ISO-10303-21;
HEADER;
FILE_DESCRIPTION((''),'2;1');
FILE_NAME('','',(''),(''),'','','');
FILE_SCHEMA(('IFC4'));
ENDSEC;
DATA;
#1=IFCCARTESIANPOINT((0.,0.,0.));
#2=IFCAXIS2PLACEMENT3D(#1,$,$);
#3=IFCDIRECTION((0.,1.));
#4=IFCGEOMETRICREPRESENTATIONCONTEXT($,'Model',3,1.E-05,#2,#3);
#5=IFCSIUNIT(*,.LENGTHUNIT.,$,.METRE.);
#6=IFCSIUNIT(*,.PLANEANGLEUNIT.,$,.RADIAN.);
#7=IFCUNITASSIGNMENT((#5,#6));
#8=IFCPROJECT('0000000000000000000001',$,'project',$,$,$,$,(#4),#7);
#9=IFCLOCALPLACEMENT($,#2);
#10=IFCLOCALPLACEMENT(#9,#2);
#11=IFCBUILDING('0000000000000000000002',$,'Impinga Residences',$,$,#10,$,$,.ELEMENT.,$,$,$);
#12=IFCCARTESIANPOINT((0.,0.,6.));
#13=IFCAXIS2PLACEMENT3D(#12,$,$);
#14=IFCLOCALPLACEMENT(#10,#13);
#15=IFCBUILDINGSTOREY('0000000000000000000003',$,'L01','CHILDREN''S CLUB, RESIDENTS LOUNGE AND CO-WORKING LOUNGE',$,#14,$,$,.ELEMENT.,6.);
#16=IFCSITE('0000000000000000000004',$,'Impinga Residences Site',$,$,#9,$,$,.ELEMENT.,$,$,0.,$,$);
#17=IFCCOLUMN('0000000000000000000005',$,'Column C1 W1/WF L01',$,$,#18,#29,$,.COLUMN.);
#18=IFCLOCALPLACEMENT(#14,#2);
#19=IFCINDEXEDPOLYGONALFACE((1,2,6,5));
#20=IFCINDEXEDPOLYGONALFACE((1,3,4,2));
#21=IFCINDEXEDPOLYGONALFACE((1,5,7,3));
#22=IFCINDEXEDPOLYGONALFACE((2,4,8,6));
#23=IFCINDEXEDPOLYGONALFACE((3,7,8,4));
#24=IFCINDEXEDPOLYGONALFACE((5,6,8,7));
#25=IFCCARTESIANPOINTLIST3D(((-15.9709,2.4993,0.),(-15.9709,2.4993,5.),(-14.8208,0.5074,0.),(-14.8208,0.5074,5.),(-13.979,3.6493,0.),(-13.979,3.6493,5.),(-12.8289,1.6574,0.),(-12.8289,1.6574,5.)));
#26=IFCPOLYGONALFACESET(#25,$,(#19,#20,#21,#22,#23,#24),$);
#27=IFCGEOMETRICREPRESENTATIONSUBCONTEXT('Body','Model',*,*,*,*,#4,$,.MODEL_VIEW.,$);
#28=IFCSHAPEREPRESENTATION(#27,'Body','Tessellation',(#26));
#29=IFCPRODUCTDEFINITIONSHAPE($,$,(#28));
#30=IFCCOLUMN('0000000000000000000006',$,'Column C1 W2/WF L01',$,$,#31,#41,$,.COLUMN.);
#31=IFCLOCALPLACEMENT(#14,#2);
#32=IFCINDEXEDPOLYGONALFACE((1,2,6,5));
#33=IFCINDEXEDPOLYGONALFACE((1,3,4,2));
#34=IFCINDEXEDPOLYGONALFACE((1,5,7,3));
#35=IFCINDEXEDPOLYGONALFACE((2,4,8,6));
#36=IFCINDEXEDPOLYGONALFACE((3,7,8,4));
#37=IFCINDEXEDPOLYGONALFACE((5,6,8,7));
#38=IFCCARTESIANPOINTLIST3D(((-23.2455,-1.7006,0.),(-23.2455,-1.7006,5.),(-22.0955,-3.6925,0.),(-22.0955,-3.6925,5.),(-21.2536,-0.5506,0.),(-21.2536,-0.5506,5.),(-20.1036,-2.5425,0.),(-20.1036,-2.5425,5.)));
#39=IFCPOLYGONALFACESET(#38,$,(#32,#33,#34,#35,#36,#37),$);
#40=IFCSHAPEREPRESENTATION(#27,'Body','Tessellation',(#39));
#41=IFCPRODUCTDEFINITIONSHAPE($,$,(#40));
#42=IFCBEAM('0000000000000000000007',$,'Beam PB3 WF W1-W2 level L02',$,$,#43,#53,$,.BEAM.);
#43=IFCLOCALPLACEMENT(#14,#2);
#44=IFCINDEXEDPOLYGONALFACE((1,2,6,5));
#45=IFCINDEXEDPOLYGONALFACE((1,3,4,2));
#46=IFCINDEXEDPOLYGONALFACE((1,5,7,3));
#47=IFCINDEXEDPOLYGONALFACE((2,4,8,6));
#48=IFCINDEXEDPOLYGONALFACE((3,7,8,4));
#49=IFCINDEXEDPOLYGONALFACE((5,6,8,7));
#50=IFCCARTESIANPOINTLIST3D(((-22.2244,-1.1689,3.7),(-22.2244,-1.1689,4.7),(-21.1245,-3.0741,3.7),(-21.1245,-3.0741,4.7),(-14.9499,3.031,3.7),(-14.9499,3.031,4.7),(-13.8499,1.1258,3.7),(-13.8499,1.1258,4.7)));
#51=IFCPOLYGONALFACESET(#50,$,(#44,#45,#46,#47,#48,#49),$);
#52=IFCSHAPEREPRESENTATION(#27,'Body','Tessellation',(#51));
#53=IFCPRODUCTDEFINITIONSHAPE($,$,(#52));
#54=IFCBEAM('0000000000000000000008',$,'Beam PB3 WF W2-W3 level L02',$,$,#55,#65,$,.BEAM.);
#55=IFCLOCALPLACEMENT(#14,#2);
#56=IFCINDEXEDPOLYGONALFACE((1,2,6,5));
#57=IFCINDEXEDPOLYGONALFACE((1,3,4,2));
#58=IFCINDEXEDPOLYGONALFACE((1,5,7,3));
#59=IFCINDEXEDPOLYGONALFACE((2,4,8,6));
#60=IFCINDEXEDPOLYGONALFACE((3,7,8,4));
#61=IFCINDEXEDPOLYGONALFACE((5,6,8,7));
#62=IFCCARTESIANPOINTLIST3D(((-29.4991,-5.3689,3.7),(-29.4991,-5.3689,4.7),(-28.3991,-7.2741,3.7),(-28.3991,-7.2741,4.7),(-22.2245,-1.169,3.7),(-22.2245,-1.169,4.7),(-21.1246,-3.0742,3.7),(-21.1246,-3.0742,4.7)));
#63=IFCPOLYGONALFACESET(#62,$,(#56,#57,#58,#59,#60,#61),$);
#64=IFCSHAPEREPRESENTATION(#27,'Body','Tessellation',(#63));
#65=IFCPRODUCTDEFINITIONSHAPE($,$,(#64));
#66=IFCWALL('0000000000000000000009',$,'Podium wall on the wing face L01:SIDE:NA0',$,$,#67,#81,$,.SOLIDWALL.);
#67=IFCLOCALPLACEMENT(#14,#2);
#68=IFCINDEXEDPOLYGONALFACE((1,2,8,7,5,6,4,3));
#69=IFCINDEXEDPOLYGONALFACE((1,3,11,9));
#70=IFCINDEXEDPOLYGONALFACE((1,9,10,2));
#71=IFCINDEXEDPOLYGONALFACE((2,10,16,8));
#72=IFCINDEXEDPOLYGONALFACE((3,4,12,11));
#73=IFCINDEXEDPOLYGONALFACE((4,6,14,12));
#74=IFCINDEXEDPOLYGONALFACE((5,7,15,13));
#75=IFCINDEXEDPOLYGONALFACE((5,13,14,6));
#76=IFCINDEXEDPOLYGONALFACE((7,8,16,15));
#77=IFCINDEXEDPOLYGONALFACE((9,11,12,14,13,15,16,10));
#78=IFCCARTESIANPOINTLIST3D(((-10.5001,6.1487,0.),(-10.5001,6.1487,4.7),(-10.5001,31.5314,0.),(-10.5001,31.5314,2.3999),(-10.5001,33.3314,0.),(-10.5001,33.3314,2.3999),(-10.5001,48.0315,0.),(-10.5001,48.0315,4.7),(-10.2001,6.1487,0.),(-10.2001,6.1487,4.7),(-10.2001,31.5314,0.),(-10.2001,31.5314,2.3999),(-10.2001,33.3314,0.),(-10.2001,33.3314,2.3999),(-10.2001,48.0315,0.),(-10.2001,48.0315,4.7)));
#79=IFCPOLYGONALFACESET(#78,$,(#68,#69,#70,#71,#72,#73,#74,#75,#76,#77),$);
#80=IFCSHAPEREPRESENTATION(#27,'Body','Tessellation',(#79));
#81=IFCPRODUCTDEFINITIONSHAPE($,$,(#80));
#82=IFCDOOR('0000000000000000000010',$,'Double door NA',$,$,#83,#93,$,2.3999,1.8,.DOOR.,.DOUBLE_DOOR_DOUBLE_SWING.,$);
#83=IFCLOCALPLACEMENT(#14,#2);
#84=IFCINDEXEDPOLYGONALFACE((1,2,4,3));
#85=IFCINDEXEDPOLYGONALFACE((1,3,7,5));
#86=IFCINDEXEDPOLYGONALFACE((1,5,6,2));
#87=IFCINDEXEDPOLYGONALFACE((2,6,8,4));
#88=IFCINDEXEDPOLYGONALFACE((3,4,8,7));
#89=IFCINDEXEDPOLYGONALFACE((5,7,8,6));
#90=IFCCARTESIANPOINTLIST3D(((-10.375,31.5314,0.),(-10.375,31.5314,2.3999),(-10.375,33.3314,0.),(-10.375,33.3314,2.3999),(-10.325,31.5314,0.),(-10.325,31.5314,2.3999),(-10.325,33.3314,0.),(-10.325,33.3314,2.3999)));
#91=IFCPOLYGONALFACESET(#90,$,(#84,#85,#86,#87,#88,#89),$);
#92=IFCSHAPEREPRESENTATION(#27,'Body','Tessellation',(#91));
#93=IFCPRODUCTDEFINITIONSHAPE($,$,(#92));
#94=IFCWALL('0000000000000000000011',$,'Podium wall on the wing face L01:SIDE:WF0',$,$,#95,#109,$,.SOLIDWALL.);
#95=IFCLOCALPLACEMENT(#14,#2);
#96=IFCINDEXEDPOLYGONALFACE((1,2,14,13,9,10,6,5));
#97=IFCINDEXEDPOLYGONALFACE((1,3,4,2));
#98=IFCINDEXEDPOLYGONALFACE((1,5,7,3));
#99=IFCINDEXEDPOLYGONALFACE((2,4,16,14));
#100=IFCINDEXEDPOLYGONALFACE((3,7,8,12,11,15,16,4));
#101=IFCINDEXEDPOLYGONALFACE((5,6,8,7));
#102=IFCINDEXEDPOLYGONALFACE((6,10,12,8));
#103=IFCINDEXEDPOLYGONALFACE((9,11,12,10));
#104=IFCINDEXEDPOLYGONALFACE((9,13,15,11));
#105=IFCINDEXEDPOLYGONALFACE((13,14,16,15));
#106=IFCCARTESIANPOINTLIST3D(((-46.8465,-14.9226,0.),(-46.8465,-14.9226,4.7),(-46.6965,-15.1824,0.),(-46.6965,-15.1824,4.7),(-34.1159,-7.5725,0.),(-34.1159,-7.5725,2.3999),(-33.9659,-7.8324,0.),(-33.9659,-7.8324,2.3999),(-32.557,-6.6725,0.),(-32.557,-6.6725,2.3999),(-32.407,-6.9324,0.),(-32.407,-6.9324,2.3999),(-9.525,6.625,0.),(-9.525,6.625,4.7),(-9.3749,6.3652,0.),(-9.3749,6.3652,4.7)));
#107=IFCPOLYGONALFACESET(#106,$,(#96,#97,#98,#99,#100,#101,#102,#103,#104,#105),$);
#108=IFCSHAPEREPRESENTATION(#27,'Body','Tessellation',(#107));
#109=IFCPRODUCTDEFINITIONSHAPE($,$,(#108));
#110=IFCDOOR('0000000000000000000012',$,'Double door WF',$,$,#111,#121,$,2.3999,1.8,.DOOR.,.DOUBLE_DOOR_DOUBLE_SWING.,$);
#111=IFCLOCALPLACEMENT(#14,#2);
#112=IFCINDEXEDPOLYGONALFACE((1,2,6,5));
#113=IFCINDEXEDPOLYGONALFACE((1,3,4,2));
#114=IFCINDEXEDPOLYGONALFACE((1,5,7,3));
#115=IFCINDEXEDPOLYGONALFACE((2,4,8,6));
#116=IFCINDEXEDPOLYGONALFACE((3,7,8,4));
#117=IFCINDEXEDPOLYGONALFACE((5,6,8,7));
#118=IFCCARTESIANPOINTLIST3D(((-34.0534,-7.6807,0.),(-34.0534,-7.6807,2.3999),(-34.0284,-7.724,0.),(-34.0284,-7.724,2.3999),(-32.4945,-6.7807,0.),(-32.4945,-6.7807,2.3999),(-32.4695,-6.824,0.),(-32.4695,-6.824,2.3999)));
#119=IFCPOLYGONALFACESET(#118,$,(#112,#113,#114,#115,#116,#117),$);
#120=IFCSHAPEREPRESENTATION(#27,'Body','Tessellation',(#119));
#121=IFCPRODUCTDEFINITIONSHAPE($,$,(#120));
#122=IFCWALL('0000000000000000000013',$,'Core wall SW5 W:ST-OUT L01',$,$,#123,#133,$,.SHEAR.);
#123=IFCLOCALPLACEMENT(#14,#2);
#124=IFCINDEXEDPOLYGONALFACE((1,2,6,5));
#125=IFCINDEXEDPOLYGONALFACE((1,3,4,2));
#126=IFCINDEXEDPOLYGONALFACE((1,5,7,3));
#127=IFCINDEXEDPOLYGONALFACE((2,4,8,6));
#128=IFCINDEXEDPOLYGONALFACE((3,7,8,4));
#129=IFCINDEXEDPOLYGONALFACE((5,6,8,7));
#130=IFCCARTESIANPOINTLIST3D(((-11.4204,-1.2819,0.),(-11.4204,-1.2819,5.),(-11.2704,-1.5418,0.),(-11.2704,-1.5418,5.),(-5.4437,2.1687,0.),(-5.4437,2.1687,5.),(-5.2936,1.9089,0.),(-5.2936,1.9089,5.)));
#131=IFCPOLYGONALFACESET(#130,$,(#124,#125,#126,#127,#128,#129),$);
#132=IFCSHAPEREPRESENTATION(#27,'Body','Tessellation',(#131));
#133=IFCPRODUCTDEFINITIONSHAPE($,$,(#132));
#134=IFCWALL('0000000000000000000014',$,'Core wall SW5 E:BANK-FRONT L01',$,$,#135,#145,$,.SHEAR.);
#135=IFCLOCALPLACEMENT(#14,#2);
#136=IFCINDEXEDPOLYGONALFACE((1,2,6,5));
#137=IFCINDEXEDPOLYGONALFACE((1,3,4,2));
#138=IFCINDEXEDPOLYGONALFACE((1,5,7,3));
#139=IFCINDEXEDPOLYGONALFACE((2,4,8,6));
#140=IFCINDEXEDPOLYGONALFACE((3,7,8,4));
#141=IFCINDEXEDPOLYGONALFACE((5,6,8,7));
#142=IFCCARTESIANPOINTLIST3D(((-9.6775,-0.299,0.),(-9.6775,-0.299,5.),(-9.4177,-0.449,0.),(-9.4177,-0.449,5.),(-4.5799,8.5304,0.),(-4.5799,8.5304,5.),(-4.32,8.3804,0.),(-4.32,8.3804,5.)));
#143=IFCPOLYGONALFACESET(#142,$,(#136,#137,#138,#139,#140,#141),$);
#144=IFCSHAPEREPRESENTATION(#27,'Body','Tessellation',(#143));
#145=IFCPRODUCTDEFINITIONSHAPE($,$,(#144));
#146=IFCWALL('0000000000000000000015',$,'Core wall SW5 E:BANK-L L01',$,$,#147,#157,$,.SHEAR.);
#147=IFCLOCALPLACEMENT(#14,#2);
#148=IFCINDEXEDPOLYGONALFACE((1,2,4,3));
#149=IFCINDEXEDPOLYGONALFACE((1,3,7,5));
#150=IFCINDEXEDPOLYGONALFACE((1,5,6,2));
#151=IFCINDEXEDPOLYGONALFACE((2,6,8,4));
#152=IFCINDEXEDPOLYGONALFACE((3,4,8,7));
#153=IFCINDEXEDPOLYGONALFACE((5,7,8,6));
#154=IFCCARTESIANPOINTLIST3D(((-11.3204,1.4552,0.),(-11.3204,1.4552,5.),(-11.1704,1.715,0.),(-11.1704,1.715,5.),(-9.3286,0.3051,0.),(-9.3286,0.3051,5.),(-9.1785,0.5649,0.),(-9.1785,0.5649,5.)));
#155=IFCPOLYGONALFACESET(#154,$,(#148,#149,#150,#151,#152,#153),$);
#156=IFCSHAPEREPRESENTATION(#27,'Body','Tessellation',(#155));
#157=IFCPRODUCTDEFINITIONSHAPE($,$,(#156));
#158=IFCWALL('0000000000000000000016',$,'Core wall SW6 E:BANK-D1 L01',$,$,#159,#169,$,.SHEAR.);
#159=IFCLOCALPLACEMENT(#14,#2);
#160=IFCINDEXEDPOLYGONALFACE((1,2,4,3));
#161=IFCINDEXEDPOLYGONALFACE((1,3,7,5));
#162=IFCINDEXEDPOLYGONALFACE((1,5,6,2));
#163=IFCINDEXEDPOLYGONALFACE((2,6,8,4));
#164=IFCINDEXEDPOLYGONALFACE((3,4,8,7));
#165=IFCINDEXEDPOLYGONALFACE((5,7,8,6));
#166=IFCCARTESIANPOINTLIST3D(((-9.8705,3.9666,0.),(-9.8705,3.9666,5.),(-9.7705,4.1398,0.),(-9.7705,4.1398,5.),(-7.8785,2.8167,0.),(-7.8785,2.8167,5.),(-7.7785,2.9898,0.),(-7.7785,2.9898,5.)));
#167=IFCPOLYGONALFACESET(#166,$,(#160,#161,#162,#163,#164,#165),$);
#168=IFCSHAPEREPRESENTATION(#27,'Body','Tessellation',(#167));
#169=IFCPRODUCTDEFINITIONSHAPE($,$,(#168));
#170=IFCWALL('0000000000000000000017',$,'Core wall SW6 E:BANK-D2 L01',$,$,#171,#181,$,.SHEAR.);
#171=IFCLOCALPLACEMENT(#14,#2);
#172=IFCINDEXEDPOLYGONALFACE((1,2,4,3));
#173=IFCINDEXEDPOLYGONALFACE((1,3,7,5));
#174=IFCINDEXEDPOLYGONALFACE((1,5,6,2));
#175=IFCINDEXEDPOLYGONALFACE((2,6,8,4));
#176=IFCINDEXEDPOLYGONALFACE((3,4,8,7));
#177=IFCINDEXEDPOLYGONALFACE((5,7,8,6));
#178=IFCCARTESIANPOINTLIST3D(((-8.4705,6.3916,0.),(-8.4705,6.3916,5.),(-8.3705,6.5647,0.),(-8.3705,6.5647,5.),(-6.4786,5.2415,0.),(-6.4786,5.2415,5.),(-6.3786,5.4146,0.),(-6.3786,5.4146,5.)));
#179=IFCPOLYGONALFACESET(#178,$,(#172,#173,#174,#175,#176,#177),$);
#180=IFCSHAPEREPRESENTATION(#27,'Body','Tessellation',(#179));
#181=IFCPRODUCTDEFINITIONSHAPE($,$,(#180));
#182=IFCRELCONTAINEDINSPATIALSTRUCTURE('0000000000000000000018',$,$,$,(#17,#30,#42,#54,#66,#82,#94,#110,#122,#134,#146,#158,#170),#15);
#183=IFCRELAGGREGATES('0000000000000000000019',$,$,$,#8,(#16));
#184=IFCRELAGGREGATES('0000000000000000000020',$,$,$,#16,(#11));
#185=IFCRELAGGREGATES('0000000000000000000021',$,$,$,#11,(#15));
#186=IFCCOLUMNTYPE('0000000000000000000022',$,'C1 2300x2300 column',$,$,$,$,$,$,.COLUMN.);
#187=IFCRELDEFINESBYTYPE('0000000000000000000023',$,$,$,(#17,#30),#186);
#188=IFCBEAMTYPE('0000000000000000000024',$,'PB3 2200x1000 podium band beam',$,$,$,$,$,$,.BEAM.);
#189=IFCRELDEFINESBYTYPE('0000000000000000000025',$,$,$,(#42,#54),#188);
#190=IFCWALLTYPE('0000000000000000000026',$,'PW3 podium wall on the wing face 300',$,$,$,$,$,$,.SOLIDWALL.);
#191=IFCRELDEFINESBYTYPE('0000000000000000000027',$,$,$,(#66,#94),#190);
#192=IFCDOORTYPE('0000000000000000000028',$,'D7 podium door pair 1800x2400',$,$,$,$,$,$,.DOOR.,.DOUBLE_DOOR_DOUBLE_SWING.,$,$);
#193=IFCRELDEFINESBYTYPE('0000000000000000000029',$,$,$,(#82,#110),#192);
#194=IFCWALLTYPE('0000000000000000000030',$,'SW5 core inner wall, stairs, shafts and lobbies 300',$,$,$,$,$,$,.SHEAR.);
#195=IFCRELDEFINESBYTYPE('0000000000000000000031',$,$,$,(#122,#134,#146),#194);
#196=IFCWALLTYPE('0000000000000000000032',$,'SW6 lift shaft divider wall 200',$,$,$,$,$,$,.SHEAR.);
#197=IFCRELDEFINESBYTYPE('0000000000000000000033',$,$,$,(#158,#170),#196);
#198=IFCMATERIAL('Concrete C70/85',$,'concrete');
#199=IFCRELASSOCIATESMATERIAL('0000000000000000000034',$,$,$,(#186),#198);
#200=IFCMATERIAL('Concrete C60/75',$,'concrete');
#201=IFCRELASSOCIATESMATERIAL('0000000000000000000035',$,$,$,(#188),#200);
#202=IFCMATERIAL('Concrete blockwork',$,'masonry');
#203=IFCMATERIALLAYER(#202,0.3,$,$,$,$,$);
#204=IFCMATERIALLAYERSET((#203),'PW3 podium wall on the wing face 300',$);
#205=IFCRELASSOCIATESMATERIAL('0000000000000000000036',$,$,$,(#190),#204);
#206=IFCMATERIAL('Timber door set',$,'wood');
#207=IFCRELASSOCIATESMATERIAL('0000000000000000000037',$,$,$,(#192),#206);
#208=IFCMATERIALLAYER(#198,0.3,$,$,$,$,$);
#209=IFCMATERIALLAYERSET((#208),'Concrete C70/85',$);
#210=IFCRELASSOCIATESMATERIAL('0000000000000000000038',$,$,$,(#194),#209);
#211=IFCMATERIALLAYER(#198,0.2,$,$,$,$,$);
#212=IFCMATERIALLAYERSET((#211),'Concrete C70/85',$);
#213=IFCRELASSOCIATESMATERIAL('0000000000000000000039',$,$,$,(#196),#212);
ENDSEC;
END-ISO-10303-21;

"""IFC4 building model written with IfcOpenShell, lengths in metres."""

from ifc_helpers import new_model, si_unit, direction, frame, frame_2d, origin, origin_2d, place, context, subcontext, project, spatial, rectangle, extrude, material, layer, layer_set, material_profile, profile_set, type_object, element, fill, save


model = new_model("IFC4")

# Units and contexts
model_context = context("Model", 3, precision=1e-05, world=origin(), true_north=direction((0.0, 1.0)))
body_context = subcontext(model_context, "Body", "Model", "MODEL_VIEW")
ifc_project = project(units=[si_unit("LENGTHUNIT", "METRE"), si_unit("PLANEANGLEUNIT", "RADIAN")], contexts=[model_context])

# Site, building, storey
site_placement = place(None, origin())
site = spatial("IfcSite", under=ifc_project, at=site_placement, Name="Impinga Residences Site", CompositionType="ELEMENT", RefElevation=0.0)
building_placement = place(site_placement, origin())
building = spatial("IfcBuilding", under=site, at=building_placement, Name="Impinga Residences", CompositionType="ELEMENT")
storey_placement = place(building_placement, frame((0.0, 0.0, 6.0)))
storey = spatial("IfcBuildingStorey", under=building, at=storey_placement, Name="L01", Description="CHILDREN'S CLUB, RESIDENTS LOUNGE AND CO-WORKING LOUNGE", CompositionType="ELEMENT", Elevation=6.0)

# Columns
ifc_material_1 = material(Name="Concrete C70/85", Category="concrete")
ifc_material_profile_1 = material_profile(ifc_material_1, rectangle(XDim=2.3, YDim=2.3, at=origin_2d()), Name="RC 2300x2300")
ifc_profile_set_1 = profile_set([ifc_material_profile_1], Name="Concrete C70/85")
column_type = type_object("IfcColumnType", Name="C1 2300x2300 column", PredefinedType="COLUMN", material=ifc_profile_set_1)
for number, where, z_axis, x_axis, name in (
    (1, (-14.3999, 2.0784, 0.0), (0.0, 0.0, 1.0), (-0.5, 0.866025, 0.0), "Column C1 W1/WF L01"),
    (2, (-21.6746, -2.1216, 0.0), (0.0, 0.0, 1.0), (-0.5, 0.866025, 0.0), "Column C1 W2/WF L01"),
):
    element("IfcColumn", number, at=place(storey_placement, frame(where, z_axis=z_axis, x_axis=x_axis)), inside=storey, type_object=column_type, Name=name, PredefinedType="COLUMN", context=body_context, shape_type="SweptSolid", body=[
        extrude(rectangle(XDim=2.3, YDim=2.3, at=origin_2d()), origin(), (0.0, 0.0, 1.0), 5.0),
    ])

# Beams
ifc_material_2 = material(Name="Concrete C60/75", Category="concrete")
ifc_material_profile_2 = material_profile(ifc_material_2, rectangle(XDim=2.2, YDim=1.0, at=origin_2d()), Name="RC 2200x1000")
ifc_profile_set_2 = profile_set([ifc_material_profile_2], Name="Concrete C60/75")
beam_type = type_object("IfcBeamType", Name="PB3 2200x1000 podium band beam", PredefinedType="BEAM", material=ifc_profile_set_2)
for number, where, z_axis, x_axis, name in (
    (3, (-14.3999, 2.0784, 4.2), (-0.866029, -0.499993, 0.0), (0.499993, -0.866029, 0.0), "Beam PB3 WF W1-W2 level L02"),
    (4, (-21.6746, -2.1216, 4.2), (-0.866029, -0.499993, 0.0), (0.499993, -0.866029, 0.0), "Beam PB3 WF W2-W3 level L02"),
):
    element("IfcBeam", number, at=place(storey_placement, frame(where, z_axis=z_axis, x_axis=x_axis)), inside=storey, type_object=beam_type, Name=name, PredefinedType="BEAM", context=body_context, shape_type="SweptSolid", body=[
        extrude(rectangle(XDim=2.2, YDim=1.0, at=origin_2d()), origin(), (0.0, 0.0, 1.0), 8.3999),
    ])

# Walls, openings, doors
ifc_material_3 = material(Name="Concrete blockwork", Category="masonry")
ifc_layer_1 = layer(ifc_material_3, 0.3)
ifc_layer_set_1 = layer_set([ifc_layer_1], Name="PW3 podium wall on the wing face 300")
wall_type_1 = type_object("IfcWallType", Name="PW3 podium wall on the wing face 300", PredefinedType="SOLIDWALL", material=ifc_layer_set_1)
wall_1_placement = place(storey_placement, frame((-10.3501, 6.1487, 0.0), z_axis=(0.0, 0.0, 1.0), x_axis=(0.0, 1.0, 0.0)))
wall_1 = element("IfcWall", 5, at=wall_1_placement, inside=storey, type_object=wall_type_1, Name="Podium wall on the wing face L01:SIDE:NA0", PredefinedType="SOLIDWALL", context=body_context, shape_type="SweptSolid", body=[
    extrude(rectangle(XDim=41.8828, YDim=0.3, at=frame_2d((20.9414, 0.0))), origin(), (0.0, 0.0, 1.0), 4.7),
])
opening_1_placement = place(wall_1_placement, frame((25.3828, 0.0, 0.0)))
opening_1 = element("IfcOpeningElement", 6, at=opening_1_placement, cuts=wall_1, PredefinedType="OPENING", context=body_context, shape_type="SweptSolid", body=[
    extrude(rectangle(XDim=1.8, YDim=2.3999, at=frame_2d((0.8999, 1.2))), frame((0.0, 0.1599, 0.0), z_axis=(0.0, -1.0, 0.0), x_axis=(1.0, 0.0, 0.0)), (0.0, 0.0, 1.0), 0.3201),
])
ifc_material_4 = material(Name="Timber door set", Category="wood")
door_type = type_object("IfcDoorType", Name="D7 podium door pair 1800x2400", OperationType="DOUBLE_DOOR_DOUBLE_SWING", PredefinedType="DOOR", material=ifc_material_4)
door_1_placement = place(opening_1_placement, origin())
door_1 = element("IfcDoor", 7, at=door_1_placement, inside=storey, type_object=door_type, Name="Double door NA", OperationType="DOUBLE_DOOR_DOUBLE_SWING", OverallHeight=2.3999, OverallWidth=1.8, PredefinedType="DOOR", context=body_context, shape_type="SweptSolid", body=[
    extrude(rectangle(XDim=1.8, YDim=2.3999, at=frame_2d((0.8999, 1.2))), frame((0.0, 0.0249, 0.0), z_axis=(0.0, -1.0, 0.0), x_axis=(1.0, 0.0, 0.0)), (0.0, 0.0, 1.0), 0.05),
])
fill(opening_1, door_1)
wall_2_placement = place(storey_placement, frame((-9.45, 6.4951, 0.0), z_axis=(0.0, 0.0, 1.0), x_axis=(-0.866025, -0.5, 0.0)))
wall_2 = element("IfcWall", 8, at=wall_2_placement, inside=storey, type_object=wall_type_1, Name="Podium wall on the wing face L01:SIDE:WF0", PredefinedType="SOLIDWALL", context=body_context, shape_type="SweptSolid", body=[
    extrude(rectangle(XDim=43.0952, YDim=0.3, at=frame_2d((21.5476, 0.0))), origin(), (0.0, 0.0, 1.0), 4.7),
])
opening_2_placement = place(wall_2_placement, frame((26.5952, 0.0, 0.0)))
opening_2 = element("IfcOpeningElement", 9, at=opening_2_placement, cuts=wall_2, PredefinedType="OPENING", context=body_context, shape_type="SweptSolid", body=[
    extrude(rectangle(XDim=1.8, YDim=2.3999, at=frame_2d((0.8999, 1.2))), frame((0.0, 0.1599, 0.0), z_axis=(0.0, -1.0, 0.0), x_axis=(1.0, 0.0, 0.0)), (0.0, 0.0, 1.0), 0.3201),
])
door_2_placement = place(opening_2_placement, origin())
door_2 = element("IfcDoor", 10, at=door_2_placement, inside=storey, type_object=door_type, Name="Double door WF", OperationType="DOUBLE_DOOR_DOUBLE_SWING", OverallHeight=2.3999, OverallWidth=1.8, PredefinedType="DOOR", context=body_context, shape_type="SweptSolid", body=[
    extrude(rectangle(XDim=1.8, YDim=2.3999, at=frame_2d((0.8999, 1.2))), frame((0.0, 0.0249, 0.0), z_axis=(0.0, -1.0, 0.0), x_axis=(1.0, 0.0, 0.0)), (0.0, 0.0, 1.0), 0.05),
])
fill(opening_2, door_2)

# Walls
ifc_layer_2 = layer(ifc_material_1, 0.3)
ifc_layer_set_2 = layer_set([ifc_layer_2], Name="Concrete C70/85")
wall_type_2 = type_object("IfcWallType", Name="SW5 core inner wall, stairs, shafts and lobbies 300", PredefinedType="SHEAR", material=ifc_layer_set_2)
wall_3_placement = place(storey_placement, frame((-5.3687, 2.0388, 0.0), z_axis=(0.0, 0.0, 1.0), x_axis=(-0.866027, -0.499997, 0.0)))
element("IfcWall", 11, at=wall_3_placement, inside=storey, type_object=wall_type_2, Name="Core wall SW5 W:ST-OUT L01", PredefinedType="SHEAR", context=body_context, shape_type="SweptSolid", body=[
    extrude(rectangle(XDim=6.9014, YDim=0.3, at=frame_2d((3.4507, 0.0))), origin(), (0.0, 0.0, 1.0), 5.0),
])
wall_4_placement = place(storey_placement, frame((-9.5476, -0.374, 0.0), z_axis=(0.0, 0.0, 1.0), x_axis=(0.500002, 0.866024, 0.0)))
element("IfcWall", 12, at=wall_4_placement, inside=storey, type_object=wall_type_2, Name="Core wall SW5 E:BANK-FRONT L01", PredefinedType="SHEAR", context=body_context, shape_type="SweptSolid", body=[
    extrude(rectangle(XDim=10.1953, YDim=0.3, at=frame_2d((5.0977, 0.0))), origin(), (0.0, 0.0, 1.0), 5.0),
])
wall_5_placement = place(storey_placement, frame((-9.2537, 0.4351, 0.0), z_axis=(0.0, 0.0, 1.0), x_axis=(-0.866007, 0.500032, 0.0)))
element("IfcWall", 13, at=wall_5_placement, inside=storey, type_object=wall_type_2, Name="Core wall SW5 E:BANK-L L01", PredefinedType="SHEAR", context=body_context, shape_type="SweptSolid", body=[
    extrude(rectangle(XDim=2.3, YDim=0.3, at=frame_2d((1.1499, 0.0))), origin(), (0.0, 0.0, 1.0), 5.0),
])
ifc_layer_3 = layer(ifc_material_1, 0.2)
ifc_layer_set_3 = layer_set([ifc_layer_3], Name="Concrete C70/85")
wall_type_3 = type_object("IfcWallType", Name="SW6 lift shaft divider wall 200", PredefinedType="SHEAR", material=ifc_layer_set_3)
for number, where, z_axis, x_axis, name in (
    (14, (-7.8286, 2.9033, 0.0), (0.0, 0.0, 1.0), (-0.866053, 0.499952, 0.0), "Core wall SW6 E:BANK-D1 L01"),
    (15, (-6.4287, 5.3281, 0.0), (0.0, 0.0, 1.0), (-0.866007, 0.500032, 0.0), "Core wall SW6 E:BANK-D2 L01"),
):
    element("IfcWall", number, at=place(storey_placement, frame(where, z_axis=z_axis, x_axis=x_axis)), inside=storey, type_object=wall_type_3, Name=name, PredefinedType="SHEAR", context=body_context, shape_type="SweptSolid", body=[
        extrude(rectangle(XDim=2.3, YDim=0.2, at=frame_2d((1.1499, 0.0))), origin(), (0.0, 0.0, 1.0), 5.0),
    ])

save(model, "model.ifc")
